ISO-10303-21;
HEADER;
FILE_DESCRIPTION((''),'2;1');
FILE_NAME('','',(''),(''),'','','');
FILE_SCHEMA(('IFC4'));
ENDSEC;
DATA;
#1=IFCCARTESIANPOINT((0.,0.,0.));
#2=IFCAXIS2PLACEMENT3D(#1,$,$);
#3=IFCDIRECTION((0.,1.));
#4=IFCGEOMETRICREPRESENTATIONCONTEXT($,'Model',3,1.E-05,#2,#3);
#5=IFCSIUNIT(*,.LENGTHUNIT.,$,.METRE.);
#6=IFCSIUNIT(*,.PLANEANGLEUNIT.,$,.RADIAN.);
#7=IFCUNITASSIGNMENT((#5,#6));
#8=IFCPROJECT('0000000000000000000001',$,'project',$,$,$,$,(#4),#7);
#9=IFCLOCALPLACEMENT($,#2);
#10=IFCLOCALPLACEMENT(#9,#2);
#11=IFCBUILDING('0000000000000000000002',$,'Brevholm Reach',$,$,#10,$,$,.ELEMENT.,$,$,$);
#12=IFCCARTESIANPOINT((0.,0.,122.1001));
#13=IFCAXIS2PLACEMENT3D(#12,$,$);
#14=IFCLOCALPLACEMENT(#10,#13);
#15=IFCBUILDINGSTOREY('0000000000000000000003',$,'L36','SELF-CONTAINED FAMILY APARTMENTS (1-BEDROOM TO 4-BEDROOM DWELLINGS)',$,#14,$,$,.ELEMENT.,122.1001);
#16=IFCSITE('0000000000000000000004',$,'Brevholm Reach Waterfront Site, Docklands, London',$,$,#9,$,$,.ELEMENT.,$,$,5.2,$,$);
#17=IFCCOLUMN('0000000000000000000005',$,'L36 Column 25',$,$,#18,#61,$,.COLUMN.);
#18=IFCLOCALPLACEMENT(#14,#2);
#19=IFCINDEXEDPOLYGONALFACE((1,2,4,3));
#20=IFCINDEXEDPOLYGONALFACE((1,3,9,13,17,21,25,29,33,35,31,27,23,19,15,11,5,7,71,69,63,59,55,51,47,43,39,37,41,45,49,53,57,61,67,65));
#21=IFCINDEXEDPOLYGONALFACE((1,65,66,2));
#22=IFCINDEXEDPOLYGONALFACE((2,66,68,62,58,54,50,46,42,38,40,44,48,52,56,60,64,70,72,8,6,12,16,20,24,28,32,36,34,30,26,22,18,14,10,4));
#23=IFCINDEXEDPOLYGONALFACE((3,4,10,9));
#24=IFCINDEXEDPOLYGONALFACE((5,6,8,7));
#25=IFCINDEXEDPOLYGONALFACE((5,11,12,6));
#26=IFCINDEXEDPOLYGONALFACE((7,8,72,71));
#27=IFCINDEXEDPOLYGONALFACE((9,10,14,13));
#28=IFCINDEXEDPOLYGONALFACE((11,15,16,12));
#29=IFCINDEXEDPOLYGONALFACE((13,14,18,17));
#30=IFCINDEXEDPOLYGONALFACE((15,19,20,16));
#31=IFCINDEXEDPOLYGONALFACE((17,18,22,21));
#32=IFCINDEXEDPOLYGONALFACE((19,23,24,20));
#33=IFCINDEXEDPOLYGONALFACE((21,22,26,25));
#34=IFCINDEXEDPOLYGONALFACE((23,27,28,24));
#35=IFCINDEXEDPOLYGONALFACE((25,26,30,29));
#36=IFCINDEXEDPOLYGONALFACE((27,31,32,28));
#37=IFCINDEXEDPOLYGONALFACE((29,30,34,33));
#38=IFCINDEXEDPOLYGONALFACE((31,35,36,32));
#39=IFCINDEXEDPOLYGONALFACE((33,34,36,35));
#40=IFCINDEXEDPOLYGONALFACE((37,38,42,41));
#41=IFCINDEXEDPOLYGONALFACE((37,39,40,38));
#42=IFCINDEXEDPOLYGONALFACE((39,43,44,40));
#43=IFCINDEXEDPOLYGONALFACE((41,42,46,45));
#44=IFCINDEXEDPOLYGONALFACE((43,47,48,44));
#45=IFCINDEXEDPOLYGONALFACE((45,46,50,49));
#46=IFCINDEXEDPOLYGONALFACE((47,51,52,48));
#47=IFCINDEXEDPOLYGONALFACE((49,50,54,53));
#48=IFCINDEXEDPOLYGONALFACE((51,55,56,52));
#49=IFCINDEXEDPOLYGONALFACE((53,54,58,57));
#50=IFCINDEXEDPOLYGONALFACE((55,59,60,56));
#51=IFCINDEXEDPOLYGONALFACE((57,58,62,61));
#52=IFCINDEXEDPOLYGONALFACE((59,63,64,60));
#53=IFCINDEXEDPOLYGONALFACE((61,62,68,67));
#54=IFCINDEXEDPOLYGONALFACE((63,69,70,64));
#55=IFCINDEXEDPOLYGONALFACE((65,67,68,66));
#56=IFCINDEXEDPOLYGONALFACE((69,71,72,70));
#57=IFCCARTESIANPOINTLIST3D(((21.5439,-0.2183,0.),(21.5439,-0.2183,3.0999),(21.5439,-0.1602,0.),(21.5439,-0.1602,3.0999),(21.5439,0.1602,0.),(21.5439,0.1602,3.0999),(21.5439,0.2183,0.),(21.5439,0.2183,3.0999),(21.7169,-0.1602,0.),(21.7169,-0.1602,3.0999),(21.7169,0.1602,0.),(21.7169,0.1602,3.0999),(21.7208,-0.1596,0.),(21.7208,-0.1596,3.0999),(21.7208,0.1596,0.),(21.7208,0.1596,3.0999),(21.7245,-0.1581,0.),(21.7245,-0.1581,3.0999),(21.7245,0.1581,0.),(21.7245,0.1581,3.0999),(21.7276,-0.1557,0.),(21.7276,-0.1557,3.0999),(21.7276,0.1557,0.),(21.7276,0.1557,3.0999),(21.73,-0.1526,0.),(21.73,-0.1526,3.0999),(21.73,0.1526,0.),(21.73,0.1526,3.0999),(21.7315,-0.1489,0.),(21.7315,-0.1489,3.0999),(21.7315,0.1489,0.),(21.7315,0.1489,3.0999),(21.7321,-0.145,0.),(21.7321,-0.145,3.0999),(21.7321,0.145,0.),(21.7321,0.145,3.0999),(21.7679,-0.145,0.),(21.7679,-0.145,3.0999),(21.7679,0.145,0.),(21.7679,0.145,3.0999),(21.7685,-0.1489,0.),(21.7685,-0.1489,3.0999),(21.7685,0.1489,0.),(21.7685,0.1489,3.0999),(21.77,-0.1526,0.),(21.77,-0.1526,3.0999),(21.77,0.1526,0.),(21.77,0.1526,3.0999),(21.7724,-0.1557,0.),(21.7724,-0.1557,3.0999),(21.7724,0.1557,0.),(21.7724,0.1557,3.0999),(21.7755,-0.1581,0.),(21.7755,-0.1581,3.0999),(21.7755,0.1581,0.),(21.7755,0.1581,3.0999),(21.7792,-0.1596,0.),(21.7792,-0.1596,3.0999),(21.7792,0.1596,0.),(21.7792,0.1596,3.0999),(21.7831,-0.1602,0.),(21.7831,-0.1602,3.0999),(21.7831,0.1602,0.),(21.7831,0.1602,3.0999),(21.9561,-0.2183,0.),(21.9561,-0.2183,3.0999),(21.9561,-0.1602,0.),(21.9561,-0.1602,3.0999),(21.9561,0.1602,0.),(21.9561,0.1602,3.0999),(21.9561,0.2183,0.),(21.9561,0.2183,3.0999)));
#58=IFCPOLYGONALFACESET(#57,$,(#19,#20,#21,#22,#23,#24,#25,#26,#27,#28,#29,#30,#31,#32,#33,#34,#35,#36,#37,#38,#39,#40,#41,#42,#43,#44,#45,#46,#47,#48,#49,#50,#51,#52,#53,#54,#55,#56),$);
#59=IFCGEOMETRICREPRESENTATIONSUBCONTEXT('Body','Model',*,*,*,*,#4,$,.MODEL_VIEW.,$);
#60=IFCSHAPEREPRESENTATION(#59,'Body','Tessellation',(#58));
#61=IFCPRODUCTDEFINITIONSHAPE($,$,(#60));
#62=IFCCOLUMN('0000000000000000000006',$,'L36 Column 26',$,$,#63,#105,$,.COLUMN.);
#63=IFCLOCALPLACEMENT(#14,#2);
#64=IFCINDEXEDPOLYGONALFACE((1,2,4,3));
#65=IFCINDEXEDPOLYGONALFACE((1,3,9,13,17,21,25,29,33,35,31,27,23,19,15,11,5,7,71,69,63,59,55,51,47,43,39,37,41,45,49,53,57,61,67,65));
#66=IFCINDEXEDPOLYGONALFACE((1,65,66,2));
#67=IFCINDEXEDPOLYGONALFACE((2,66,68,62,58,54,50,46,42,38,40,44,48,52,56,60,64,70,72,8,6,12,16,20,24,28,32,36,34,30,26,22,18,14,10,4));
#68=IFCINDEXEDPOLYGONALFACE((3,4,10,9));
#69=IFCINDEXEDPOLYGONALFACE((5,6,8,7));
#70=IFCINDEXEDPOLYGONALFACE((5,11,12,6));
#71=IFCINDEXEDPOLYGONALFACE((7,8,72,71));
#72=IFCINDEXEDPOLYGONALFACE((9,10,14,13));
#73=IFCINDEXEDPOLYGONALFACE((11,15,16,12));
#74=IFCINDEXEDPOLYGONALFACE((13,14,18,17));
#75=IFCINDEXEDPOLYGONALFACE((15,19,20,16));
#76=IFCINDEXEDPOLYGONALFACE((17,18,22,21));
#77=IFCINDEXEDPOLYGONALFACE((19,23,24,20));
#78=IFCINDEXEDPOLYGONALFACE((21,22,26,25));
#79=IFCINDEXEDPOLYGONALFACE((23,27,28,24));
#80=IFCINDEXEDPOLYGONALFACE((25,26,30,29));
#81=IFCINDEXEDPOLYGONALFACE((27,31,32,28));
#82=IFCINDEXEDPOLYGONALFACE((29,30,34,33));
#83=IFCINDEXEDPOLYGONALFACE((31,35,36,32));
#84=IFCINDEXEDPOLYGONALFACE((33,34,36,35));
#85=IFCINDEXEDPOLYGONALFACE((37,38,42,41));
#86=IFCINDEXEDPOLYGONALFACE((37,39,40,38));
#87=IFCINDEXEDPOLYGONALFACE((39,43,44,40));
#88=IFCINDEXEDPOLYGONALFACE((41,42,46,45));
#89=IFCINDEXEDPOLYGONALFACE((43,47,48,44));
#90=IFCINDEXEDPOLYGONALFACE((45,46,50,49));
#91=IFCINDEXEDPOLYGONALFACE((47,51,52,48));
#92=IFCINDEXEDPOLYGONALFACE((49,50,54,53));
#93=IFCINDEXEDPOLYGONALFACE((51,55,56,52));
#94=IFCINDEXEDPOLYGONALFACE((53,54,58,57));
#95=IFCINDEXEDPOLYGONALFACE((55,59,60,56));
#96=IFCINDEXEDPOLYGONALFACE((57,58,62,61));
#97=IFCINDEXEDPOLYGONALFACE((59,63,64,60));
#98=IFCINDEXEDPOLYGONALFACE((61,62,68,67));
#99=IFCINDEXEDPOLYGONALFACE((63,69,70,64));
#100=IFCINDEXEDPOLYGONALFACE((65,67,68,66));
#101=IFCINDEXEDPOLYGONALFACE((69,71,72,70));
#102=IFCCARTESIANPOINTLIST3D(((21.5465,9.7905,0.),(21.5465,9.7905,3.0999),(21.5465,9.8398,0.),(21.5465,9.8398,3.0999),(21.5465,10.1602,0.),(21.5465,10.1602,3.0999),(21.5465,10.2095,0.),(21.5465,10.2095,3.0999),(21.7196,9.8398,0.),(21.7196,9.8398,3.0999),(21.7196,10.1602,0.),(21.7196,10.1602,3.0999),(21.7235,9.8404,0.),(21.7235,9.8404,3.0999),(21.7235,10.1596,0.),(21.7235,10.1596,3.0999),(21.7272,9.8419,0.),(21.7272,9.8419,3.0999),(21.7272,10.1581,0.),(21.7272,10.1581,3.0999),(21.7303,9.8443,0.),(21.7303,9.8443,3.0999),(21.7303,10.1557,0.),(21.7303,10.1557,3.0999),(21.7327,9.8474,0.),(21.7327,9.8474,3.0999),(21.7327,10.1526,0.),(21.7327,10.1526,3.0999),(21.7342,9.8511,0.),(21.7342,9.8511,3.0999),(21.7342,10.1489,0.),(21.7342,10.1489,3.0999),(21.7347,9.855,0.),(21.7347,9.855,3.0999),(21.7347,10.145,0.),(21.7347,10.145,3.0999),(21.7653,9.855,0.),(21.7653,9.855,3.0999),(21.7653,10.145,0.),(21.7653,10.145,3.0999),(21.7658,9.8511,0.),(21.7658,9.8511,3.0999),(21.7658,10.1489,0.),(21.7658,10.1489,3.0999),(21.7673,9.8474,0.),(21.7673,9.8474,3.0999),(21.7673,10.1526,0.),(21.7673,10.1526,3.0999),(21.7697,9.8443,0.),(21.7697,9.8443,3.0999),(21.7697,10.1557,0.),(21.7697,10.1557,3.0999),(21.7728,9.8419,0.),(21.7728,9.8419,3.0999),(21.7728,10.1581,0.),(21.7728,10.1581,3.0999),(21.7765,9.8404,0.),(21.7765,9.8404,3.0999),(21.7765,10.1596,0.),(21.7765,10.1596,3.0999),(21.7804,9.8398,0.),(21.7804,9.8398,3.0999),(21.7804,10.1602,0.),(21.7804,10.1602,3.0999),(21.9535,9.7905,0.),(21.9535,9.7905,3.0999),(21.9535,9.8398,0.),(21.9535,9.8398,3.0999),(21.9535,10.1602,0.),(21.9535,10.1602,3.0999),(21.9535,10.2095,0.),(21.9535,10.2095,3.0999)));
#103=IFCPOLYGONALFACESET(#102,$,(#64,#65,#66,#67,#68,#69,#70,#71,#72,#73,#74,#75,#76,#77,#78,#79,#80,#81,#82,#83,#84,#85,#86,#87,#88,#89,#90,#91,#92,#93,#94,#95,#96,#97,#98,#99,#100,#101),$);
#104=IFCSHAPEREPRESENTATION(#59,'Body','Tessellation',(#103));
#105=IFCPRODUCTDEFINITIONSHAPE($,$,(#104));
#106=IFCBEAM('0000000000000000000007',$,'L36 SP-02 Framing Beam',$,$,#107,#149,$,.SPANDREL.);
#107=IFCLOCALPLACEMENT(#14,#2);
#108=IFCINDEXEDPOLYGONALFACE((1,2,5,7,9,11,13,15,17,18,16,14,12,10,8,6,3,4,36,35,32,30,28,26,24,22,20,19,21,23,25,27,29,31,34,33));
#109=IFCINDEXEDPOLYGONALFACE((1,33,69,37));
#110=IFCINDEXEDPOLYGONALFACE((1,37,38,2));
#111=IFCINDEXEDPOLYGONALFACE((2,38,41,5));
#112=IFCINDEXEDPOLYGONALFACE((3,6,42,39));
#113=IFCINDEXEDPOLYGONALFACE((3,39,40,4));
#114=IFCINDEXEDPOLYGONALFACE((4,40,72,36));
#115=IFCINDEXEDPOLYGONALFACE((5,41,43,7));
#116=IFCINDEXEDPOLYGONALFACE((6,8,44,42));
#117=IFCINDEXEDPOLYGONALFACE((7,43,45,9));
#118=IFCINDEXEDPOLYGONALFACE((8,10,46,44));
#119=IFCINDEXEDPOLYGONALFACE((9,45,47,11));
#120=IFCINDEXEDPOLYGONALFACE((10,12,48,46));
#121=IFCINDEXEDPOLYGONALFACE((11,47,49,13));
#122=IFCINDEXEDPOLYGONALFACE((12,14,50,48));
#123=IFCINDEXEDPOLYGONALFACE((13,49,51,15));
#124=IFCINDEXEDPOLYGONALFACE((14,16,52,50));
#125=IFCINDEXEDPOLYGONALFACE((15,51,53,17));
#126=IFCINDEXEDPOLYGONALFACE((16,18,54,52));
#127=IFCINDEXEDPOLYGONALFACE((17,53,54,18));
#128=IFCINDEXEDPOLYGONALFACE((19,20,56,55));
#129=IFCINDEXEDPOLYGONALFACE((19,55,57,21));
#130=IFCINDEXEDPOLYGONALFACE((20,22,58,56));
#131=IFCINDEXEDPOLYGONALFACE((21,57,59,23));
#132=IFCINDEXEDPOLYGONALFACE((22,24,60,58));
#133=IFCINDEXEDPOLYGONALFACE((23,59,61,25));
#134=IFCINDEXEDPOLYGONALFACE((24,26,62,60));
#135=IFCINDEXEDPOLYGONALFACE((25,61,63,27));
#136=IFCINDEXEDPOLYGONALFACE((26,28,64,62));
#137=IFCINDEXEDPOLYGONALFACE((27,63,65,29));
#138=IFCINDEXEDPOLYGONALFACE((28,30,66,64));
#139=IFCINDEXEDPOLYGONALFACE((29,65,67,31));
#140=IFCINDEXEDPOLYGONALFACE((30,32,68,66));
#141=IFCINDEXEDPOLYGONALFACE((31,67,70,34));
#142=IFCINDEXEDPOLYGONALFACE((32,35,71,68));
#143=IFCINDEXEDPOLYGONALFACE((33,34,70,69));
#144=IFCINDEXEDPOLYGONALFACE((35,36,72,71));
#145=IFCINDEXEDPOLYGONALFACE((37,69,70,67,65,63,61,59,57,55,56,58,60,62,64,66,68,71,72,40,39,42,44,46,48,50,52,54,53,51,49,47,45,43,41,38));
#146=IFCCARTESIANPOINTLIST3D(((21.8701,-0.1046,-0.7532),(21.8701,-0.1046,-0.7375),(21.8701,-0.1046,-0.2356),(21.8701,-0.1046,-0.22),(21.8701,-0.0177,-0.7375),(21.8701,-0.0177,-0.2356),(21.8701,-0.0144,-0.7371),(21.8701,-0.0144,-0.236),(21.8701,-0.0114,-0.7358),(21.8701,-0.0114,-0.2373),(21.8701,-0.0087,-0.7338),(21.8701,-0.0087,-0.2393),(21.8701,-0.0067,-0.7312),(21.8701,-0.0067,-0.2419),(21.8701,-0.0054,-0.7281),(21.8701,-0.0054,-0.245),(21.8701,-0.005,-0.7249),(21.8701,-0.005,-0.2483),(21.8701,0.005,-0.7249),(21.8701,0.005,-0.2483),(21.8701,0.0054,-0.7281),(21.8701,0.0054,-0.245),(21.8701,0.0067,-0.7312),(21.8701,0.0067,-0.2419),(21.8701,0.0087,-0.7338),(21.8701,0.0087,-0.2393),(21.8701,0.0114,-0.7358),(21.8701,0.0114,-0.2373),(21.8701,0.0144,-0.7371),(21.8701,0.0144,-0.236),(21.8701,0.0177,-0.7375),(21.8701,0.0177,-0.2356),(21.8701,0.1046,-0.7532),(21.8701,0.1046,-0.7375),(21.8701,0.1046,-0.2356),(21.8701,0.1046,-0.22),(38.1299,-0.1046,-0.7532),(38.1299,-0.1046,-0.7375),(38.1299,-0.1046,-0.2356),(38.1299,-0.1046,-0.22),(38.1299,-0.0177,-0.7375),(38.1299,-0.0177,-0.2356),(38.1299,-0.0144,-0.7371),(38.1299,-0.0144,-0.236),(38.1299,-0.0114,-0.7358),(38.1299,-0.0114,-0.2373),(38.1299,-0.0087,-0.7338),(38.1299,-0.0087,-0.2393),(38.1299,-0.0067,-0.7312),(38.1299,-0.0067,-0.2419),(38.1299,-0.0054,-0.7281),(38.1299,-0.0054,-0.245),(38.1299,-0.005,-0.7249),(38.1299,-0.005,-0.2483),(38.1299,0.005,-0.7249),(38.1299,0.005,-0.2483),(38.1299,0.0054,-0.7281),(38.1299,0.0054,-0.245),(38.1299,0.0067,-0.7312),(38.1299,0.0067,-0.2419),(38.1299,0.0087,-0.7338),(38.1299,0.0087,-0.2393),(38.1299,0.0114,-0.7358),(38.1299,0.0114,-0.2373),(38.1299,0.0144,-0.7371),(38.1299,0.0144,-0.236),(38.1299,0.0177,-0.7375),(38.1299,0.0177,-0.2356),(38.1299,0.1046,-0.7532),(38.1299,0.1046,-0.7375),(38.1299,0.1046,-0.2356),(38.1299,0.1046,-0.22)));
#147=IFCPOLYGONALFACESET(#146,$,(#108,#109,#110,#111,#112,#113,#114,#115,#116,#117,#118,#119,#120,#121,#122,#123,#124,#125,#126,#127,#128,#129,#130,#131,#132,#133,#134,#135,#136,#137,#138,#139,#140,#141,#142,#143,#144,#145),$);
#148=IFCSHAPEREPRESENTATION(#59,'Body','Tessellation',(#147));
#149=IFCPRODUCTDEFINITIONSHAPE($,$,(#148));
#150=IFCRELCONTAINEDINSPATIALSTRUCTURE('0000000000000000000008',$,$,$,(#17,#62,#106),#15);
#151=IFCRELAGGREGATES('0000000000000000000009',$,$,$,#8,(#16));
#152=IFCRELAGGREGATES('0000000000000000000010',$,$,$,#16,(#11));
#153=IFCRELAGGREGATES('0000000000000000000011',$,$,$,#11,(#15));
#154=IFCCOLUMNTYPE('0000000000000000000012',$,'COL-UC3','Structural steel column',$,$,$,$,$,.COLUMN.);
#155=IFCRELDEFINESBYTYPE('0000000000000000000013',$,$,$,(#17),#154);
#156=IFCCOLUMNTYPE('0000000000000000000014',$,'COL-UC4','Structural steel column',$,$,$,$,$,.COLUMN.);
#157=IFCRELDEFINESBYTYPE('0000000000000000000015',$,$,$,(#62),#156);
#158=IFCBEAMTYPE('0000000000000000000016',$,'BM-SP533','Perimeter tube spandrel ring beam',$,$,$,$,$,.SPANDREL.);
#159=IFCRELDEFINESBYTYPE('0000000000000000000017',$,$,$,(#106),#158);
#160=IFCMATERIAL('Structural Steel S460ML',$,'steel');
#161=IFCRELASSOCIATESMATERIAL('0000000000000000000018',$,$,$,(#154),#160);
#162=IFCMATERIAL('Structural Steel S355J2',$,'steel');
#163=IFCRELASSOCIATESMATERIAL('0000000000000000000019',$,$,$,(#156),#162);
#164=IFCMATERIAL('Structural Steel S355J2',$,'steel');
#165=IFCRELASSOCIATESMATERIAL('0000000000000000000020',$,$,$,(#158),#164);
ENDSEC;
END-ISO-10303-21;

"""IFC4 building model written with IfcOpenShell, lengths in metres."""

from ifc_helpers import new_model, si_unit, direction, frame, origin, origin_2d, place, context, subcontext, project, spatial, i_section, extrude, material, material_profile, profile_set, type_object, element, save


model = new_model("IFC4")

# Units and contexts
model_context = context("Model", 3, precision=1e-05, world=origin(), true_north=direction((0.0, 1.0)))
body_context = subcontext(model_context, "Body", "Model", "MODEL_VIEW")
ifc_project = project(units=[si_unit("LENGTHUNIT", "METRE"), si_unit("PLANEANGLEUNIT", "RADIAN")], contexts=[model_context])

# Site, building, storey
site_placement = place(None, origin())
site = spatial("IfcSite", under=ifc_project, at=site_placement, Name="Brevholm Reach Waterfront Site, Docklands, London", CompositionType="ELEMENT", RefElevation=5.2)
building_placement = place(site_placement, origin())
building = spatial("IfcBuilding", under=site, at=building_placement, Name="Brevholm Reach", CompositionType="ELEMENT")
storey_placement = place(building_placement, frame((0.0, 0.0, 122.1001)))
storey = spatial("IfcBuildingStorey", under=building, at=storey_placement, Name="L36", Description="SELF-CONTAINED FAMILY APARTMENTS (1-BEDROOM TO 4-BEDROOM DWELLINGS)", CompositionType="ELEMENT", Elevation=122.1001)

# Columns
ifc_material_1 = material(Name="Structural Steel S460ML", Category="steel")
ifc_material_profile_1 = material_profile(ifc_material_1, i_section(OverallWidth=0.4121, OverallDepth=0.4365, WebThickness=0.0359, FlangeThickness=0.0581, FilletRadius=0.0151, at=origin_2d()), Name="UKC 356x406x467")
ifc_profile_set_1 = profile_set([ifc_material_profile_1], Name="Structural Steel S460ML")
column_type_1 = type_object("IfcColumnType", Name="COL-UC3", Description="Structural steel column", PredefinedType="COLUMN", material=ifc_profile_set_1)
column_1_placement = place(storey_placement, frame((21.75, 0.0, 0.0), z_axis=(0.0, 0.0, 1.0), x_axis=(1.0, 0.0, 0.0)))
element("IfcColumn", 1, at=column_1_placement, inside=storey, type_object=column_type_1, Name="L36 Column 25", PredefinedType="COLUMN", context=body_context, shape_type="SweptSolid", body=[
    extrude(i_section(OverallWidth=0.4121, OverallDepth=0.4365, WebThickness=0.0359, FlangeThickness=0.0581, FilletRadius=0.0151, at=origin_2d()), origin(), (0.0, 0.0, 1.0), 3.0999),
])
ifc_material_2 = material(Name="Structural Steel S355J2", Category="steel")
ifc_material_profile_2 = material_profile(ifc_material_2, i_section(OverallWidth=0.407, OverallDepth=0.4189, WebThickness=0.0305, FlangeThickness=0.0493, FilletRadius=0.0151, at=origin_2d()), Name="UKC 356x406x393")
ifc_profile_set_2 = profile_set([ifc_material_profile_2], Name="Structural Steel S355J2")
column_type_2 = type_object("IfcColumnType", Name="COL-UC4", Description="Structural steel column", PredefinedType="COLUMN", material=ifc_profile_set_2)
column_2_placement = place(storey_placement, frame((21.75, 10.0, 0.0), z_axis=(0.0, 0.0, 1.0), x_axis=(1.0, 0.0, 0.0)))
element("IfcColumn", 2, at=column_2_placement, inside=storey, type_object=column_type_2, Name="L36 Column 26", PredefinedType="COLUMN", context=body_context, shape_type="SweptSolid", body=[
    extrude(i_section(OverallWidth=0.407, OverallDepth=0.4189, WebThickness=0.0305, FlangeThickness=0.0493, FilletRadius=0.0151, at=origin_2d()), origin(), (0.0, 0.0, 1.0), 3.0999),
])

# Beam
ifc_material_3 = material(Name="Structural Steel S355J2", Category="steel")
ifc_material_profile_3 = material_profile(ifc_material_3, i_section(OverallWidth=0.2092, OverallDepth=0.5332, WebThickness=0.01, FlangeThickness=0.0156, FilletRadius=0.0127, at=origin_2d()), Name="UKB 533x210x92")
ifc_profile_set_3 = profile_set([ifc_material_profile_3], Name="Structural Steel S355J2")
beam_type_1 = type_object("IfcBeamType", Name="BM-SP533", Description="Perimeter tube spandrel ring beam", PredefinedType="SPANDREL", material=ifc_profile_set_3)
beam_1_placement = place(storey_placement, frame((21.8701, 0.0, -0.4866), z_axis=(1.0, 0.0, 0.0), x_axis=(0.0, 1.0, 0.0)))
element("IfcBeam", 3, at=beam_1_placement, inside=storey, type_object=beam_type_1, Name="L36 SP-02 Framing Beam", PredefinedType="SPANDREL", context=body_context, shape_type="SweptSolid", body=[
    extrude(i_section(OverallWidth=0.2092, OverallDepth=0.5332, WebThickness=0.01, FlangeThickness=0.0156, FilletRadius=0.0127, at=origin_2d()), origin(), (0.0, 0.0, 1.0), 16.2598),
])

save(model, "model.ifc")
